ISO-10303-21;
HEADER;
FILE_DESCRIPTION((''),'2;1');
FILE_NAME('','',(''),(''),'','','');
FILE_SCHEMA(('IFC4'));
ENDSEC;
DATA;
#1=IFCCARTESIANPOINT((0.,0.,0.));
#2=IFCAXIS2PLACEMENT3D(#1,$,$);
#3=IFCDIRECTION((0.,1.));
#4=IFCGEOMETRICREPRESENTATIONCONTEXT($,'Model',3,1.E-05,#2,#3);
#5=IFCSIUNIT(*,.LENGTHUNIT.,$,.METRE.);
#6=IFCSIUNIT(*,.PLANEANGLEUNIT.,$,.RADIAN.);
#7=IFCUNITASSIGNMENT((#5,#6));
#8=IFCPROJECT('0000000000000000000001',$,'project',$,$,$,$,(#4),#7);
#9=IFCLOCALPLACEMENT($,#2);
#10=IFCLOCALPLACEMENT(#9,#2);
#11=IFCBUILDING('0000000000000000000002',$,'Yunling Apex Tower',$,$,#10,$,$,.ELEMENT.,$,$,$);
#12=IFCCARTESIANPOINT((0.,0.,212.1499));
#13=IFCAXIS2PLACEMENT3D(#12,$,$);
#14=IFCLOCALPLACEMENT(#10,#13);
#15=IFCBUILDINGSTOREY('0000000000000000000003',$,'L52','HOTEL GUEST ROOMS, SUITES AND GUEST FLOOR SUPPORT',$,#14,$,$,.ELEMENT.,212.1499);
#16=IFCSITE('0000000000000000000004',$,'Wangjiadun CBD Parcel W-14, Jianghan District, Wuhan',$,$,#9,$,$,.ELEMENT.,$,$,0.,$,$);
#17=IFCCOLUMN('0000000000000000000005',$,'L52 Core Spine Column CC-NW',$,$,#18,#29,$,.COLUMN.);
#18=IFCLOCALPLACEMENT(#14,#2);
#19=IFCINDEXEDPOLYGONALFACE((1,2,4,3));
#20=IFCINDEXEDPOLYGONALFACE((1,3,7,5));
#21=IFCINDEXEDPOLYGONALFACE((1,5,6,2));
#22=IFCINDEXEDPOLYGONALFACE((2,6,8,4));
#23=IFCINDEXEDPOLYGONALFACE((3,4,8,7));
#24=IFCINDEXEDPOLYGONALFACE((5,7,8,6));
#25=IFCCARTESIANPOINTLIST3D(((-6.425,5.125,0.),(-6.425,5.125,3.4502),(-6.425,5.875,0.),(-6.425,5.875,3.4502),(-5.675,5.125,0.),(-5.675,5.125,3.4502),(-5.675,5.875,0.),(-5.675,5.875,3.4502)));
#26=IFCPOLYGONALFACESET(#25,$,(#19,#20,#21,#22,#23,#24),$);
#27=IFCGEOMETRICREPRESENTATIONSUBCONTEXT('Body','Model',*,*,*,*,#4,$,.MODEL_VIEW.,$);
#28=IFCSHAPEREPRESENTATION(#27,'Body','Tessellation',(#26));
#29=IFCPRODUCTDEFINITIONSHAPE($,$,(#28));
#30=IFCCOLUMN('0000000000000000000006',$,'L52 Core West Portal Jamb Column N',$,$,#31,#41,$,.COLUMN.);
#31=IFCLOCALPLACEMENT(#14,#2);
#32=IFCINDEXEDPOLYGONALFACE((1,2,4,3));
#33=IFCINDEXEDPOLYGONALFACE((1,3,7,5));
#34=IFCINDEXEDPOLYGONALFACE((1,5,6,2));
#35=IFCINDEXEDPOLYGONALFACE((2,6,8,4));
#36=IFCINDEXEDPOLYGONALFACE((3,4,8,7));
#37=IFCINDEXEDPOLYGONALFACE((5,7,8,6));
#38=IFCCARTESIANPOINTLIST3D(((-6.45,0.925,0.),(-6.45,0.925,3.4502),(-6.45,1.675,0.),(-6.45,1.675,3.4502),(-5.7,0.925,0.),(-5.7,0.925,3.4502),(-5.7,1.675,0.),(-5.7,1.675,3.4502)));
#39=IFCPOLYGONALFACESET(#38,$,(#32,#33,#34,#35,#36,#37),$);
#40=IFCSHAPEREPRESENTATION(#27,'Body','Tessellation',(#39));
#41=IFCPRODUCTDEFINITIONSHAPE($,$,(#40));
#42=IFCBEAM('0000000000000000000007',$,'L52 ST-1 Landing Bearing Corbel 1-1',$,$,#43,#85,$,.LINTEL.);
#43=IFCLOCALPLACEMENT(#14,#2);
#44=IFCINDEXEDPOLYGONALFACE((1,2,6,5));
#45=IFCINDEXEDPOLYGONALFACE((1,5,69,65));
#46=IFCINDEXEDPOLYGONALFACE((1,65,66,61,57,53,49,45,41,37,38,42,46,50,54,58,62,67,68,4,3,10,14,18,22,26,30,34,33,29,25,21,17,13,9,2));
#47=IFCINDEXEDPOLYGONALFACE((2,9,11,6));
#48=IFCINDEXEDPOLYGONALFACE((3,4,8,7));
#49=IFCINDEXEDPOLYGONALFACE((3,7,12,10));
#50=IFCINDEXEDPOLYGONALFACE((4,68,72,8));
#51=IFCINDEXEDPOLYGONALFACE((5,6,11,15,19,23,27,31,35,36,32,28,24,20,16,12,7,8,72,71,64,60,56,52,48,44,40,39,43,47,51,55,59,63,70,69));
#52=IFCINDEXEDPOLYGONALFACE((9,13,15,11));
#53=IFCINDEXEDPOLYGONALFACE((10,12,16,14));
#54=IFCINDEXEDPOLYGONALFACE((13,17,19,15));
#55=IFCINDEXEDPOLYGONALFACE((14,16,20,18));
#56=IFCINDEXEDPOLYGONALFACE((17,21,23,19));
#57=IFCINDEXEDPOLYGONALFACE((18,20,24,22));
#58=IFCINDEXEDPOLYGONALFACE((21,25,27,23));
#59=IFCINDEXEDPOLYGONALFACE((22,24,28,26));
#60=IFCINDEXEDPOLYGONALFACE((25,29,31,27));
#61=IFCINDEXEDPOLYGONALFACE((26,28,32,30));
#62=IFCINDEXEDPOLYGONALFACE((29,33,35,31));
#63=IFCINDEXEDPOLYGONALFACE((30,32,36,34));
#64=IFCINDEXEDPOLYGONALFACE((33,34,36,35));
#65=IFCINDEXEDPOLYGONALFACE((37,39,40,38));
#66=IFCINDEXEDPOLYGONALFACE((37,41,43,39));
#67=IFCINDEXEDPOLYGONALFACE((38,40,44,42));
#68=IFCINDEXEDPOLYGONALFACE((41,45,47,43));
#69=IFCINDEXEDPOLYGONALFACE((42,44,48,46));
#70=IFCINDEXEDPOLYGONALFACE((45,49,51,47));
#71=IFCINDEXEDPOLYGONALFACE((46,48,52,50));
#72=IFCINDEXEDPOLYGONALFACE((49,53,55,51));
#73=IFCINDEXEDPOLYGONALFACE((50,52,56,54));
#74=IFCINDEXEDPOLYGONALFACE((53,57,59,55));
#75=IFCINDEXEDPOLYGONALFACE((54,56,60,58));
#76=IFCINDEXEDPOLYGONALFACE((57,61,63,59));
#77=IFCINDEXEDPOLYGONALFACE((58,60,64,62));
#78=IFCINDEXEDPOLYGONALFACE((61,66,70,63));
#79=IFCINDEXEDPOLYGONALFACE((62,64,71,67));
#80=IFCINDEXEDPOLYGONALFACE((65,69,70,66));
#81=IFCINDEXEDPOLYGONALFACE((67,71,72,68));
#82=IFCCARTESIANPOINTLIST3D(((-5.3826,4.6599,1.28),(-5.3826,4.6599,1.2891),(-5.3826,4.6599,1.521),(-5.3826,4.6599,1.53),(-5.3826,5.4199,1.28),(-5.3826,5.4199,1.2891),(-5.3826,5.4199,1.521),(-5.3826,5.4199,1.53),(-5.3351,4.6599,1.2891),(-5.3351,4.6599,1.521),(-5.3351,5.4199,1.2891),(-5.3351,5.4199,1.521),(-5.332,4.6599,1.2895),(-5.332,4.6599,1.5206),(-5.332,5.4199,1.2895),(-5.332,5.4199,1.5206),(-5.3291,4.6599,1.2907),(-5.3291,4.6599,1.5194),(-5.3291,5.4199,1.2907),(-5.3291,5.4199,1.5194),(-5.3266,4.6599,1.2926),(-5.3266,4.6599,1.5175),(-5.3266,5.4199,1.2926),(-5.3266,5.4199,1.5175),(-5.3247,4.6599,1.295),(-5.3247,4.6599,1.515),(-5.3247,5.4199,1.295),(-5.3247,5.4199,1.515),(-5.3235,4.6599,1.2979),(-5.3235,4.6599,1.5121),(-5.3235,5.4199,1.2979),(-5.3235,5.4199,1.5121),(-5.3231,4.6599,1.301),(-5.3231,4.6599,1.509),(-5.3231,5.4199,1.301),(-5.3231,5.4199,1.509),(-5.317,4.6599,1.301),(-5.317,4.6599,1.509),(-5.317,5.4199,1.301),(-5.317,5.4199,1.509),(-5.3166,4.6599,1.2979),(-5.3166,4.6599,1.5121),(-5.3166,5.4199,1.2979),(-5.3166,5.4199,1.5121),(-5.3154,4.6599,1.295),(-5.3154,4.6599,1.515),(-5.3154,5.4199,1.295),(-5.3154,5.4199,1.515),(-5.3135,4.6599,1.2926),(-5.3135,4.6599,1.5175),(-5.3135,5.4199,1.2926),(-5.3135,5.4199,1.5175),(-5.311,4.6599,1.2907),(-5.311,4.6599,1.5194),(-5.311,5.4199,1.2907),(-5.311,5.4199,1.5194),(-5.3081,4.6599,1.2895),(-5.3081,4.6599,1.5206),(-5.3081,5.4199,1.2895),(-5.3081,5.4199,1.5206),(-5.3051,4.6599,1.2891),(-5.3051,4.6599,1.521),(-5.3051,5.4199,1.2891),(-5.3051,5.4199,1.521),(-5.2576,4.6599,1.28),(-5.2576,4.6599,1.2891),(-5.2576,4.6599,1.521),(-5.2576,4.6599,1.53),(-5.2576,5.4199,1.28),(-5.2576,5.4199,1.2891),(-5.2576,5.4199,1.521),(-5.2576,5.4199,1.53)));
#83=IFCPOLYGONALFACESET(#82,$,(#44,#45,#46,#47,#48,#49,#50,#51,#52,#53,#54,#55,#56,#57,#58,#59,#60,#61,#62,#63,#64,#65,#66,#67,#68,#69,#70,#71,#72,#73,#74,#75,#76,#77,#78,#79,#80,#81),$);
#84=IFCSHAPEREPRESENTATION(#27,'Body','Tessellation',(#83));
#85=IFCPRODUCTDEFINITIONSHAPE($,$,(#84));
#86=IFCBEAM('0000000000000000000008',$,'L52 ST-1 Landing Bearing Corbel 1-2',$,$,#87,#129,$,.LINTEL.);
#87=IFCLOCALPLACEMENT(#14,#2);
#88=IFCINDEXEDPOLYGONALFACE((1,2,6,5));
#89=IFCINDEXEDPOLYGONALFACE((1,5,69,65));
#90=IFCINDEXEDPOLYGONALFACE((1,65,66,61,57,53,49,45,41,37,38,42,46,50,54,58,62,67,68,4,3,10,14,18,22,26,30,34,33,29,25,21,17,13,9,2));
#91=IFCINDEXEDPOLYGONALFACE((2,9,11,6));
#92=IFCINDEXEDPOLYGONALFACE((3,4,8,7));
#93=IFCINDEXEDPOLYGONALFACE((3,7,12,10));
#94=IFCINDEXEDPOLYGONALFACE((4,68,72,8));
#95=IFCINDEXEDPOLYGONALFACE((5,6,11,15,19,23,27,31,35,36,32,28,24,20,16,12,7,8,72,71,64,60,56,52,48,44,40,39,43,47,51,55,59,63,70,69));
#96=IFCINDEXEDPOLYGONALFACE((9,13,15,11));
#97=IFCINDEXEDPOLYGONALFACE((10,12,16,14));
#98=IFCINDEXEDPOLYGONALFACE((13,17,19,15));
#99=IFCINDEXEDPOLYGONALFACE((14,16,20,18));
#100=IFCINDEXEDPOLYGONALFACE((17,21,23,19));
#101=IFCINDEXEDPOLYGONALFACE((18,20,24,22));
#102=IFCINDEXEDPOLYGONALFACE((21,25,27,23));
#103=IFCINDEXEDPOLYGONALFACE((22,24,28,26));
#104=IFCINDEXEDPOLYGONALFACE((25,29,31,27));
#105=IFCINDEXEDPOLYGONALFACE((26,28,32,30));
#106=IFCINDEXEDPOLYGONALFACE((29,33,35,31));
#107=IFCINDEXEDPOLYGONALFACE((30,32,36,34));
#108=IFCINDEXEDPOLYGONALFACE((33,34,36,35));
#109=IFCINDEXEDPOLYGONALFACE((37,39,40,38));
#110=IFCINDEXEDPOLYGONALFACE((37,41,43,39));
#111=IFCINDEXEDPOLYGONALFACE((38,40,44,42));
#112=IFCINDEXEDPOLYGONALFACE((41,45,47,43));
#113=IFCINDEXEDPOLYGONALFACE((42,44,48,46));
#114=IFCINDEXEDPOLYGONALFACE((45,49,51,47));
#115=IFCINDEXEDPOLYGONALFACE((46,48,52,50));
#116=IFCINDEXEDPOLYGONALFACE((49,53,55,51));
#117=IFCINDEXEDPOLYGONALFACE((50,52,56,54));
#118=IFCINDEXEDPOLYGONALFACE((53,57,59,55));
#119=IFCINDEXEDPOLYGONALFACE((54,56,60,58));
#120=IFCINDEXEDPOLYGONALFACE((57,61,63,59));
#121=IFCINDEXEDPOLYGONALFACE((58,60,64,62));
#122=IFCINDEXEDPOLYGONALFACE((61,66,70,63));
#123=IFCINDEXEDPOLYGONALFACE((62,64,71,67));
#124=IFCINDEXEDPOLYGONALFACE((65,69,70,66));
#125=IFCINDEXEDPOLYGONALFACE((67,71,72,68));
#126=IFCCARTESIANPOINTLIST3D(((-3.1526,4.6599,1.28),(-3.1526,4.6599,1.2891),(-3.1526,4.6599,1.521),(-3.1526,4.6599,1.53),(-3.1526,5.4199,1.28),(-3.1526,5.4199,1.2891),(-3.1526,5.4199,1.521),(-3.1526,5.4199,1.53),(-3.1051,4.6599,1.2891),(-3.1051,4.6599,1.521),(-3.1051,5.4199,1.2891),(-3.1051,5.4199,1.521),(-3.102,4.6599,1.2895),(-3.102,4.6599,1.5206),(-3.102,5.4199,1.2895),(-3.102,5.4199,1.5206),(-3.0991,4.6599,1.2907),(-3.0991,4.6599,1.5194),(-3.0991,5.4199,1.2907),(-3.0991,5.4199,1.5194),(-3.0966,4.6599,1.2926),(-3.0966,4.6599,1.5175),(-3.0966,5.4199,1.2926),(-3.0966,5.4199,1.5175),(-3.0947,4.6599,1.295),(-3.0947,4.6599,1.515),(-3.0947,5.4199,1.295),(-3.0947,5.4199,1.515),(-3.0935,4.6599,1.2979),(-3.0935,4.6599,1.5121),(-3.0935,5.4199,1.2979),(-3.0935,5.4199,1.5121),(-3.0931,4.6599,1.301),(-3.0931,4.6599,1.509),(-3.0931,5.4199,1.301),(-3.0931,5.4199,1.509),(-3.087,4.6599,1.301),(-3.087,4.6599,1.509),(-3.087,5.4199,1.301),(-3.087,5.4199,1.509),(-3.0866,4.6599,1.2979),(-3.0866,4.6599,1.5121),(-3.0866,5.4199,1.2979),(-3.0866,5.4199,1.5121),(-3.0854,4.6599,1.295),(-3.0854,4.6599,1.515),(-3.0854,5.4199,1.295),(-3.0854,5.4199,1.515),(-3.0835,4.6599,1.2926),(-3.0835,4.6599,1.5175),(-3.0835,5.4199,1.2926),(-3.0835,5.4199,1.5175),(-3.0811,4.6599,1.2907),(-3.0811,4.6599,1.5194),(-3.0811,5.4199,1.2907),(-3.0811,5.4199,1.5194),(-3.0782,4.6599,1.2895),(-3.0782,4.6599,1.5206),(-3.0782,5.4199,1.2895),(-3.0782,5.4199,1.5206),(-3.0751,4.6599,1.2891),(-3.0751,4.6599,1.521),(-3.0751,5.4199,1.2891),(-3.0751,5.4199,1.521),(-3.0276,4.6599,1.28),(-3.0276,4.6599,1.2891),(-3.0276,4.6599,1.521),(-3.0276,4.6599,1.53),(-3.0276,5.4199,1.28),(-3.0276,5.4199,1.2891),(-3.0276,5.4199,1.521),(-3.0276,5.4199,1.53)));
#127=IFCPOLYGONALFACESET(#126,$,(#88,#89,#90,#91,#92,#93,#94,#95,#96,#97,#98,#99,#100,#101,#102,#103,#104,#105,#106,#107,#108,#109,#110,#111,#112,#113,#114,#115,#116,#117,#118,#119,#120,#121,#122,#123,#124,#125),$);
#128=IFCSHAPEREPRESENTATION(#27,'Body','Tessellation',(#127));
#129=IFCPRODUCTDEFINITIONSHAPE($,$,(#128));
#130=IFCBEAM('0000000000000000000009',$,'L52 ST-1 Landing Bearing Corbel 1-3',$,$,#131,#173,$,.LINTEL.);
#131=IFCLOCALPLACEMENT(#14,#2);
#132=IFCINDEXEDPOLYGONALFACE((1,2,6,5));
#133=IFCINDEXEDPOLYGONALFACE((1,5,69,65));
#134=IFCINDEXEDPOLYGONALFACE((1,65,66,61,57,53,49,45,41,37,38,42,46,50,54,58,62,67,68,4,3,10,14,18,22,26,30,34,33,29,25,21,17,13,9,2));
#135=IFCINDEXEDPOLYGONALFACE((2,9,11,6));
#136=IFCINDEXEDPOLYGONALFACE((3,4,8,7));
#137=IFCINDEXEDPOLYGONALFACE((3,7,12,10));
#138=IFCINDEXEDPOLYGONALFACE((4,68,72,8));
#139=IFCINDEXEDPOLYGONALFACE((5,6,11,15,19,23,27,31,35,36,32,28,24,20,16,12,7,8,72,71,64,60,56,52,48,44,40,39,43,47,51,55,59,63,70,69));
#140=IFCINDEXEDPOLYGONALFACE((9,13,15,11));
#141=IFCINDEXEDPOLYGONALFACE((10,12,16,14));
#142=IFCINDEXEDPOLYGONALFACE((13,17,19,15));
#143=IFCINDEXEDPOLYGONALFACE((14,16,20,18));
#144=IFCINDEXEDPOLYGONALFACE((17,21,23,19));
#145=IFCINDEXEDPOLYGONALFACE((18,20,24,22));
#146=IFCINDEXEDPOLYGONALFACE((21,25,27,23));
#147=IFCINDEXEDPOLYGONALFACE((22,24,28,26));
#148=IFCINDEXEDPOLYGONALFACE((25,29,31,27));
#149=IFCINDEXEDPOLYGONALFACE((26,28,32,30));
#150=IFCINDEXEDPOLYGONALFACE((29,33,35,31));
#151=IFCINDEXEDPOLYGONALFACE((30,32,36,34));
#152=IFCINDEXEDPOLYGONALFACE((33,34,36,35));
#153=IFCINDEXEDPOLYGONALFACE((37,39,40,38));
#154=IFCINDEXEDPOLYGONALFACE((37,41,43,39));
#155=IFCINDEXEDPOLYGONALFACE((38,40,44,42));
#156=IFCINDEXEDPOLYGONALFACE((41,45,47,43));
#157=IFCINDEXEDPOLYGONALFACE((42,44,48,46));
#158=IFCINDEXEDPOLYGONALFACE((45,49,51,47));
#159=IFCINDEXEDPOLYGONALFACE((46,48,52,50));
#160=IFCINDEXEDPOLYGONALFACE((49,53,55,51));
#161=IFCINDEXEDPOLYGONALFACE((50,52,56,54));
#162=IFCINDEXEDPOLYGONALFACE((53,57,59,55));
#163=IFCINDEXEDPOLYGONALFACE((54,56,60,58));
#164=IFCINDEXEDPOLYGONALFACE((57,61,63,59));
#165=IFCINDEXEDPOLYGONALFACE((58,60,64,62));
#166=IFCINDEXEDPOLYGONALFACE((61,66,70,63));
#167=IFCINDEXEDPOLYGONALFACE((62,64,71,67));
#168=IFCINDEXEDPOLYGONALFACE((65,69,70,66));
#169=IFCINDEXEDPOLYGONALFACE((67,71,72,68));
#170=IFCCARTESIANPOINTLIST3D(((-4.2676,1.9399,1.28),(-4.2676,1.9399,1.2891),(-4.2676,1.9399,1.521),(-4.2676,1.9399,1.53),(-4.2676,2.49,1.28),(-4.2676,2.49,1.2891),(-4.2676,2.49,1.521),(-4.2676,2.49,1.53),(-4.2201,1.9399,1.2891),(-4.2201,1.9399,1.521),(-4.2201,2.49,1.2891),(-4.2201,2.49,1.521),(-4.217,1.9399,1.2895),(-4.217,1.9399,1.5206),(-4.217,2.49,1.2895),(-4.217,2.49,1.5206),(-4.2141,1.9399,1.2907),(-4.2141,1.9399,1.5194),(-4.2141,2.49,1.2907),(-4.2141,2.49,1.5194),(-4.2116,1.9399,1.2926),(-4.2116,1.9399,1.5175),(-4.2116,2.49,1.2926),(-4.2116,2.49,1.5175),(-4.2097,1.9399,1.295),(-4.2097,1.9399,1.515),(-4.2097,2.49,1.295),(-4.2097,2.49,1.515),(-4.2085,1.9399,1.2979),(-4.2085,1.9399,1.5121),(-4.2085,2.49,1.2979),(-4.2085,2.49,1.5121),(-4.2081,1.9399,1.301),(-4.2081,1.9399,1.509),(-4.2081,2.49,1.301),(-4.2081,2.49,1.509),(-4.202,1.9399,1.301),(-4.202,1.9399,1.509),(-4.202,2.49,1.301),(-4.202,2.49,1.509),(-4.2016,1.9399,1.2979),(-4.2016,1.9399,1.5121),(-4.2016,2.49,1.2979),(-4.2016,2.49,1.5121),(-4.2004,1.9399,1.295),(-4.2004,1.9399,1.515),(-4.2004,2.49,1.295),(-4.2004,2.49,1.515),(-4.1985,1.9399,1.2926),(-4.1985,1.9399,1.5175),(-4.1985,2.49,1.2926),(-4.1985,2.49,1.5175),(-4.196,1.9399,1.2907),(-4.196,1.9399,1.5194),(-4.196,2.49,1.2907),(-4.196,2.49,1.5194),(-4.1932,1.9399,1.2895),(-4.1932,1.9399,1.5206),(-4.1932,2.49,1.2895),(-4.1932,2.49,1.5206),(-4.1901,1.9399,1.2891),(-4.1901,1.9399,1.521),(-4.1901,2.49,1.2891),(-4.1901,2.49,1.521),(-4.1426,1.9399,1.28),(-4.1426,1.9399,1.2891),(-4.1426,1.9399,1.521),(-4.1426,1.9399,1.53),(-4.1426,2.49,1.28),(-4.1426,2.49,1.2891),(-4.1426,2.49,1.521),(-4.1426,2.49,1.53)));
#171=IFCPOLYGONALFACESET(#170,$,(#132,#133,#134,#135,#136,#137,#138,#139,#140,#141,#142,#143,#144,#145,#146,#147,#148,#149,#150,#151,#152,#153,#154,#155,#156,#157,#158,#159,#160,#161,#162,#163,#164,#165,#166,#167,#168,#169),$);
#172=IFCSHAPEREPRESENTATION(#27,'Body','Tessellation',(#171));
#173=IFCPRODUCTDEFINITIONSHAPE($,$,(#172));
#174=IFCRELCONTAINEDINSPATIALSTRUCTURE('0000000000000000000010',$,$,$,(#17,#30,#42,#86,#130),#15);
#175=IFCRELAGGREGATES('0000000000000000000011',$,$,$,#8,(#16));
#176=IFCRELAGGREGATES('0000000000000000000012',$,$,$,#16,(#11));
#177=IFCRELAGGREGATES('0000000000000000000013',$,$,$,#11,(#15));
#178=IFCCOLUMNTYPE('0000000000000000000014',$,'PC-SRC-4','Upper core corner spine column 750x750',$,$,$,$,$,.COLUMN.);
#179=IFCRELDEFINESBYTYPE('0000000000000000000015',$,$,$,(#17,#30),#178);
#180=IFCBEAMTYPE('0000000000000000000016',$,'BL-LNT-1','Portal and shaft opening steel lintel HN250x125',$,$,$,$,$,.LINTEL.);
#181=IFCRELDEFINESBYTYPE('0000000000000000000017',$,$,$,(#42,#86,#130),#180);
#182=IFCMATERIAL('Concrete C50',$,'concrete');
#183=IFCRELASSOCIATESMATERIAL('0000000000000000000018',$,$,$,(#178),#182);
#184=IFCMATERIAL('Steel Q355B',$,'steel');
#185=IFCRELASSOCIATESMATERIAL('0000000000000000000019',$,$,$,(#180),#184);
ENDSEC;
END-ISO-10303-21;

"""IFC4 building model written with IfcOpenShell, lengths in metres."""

from ifc_helpers import new_model, si_unit, direction, frame, origin, origin_2d, place, context, subcontext, project, spatial, rectangle, i_section, extrude, source, transform, mapped, material, material_profile, profile_set, type_object, element, save


model = new_model("IFC4")

# Units and contexts
model_context = context("Model", 3, precision=1e-05, world=origin(), true_north=direction((0.0, 1.0)))
body_context = subcontext(model_context, "Body", "Model", "MODEL_VIEW")
ifc_project = project(units=[si_unit("LENGTHUNIT", "METRE"), si_unit("PLANEANGLEUNIT", "RADIAN")], contexts=[model_context])

# Site, building, storey
site_placement = place(None, origin())
site = spatial("IfcSite", under=ifc_project, at=site_placement, Name="Wangjiadun CBD Parcel W-14, Jianghan District, Wuhan", CompositionType="ELEMENT", RefElevation=0.0)
building_placement = place(site_placement, origin())
building = spatial("IfcBuilding", under=site, at=building_placement, Name="Yunling Apex Tower", CompositionType="ELEMENT")
storey_placement = place(building_placement, frame((0.0, 0.0, 212.1499)))
storey = spatial("IfcBuildingStorey", under=building, at=storey_placement, Name="L52", Description="HOTEL GUEST ROOMS, SUITES AND GUEST FLOOR SUPPORT", CompositionType="ELEMENT", Elevation=212.1499)

# Columns
ifc_material_1 = material(Name="Concrete C50", Category="concrete")
ifc_material_profile_1 = material_profile(ifc_material_1, rectangle(XDim=0.75, YDim=0.75, at=origin_2d()))
ifc_profile_set_1 = profile_set([ifc_material_profile_1], Name="Concrete C50")
column_type = type_object("IfcColumnType", Name="PC-SRC-4", Description="Upper core corner spine column 750x750", PredefinedType="COLUMN", material=ifc_profile_set_1)
shared_shape_1 = source(origin(), body_context, "Body", "SweptSolid", [
    extrude(rectangle(XDim=0.75, YDim=0.75, at=origin_2d()), origin(), (0.0, 0.0, 1.0), 3.4502),
])
for number, where, z_axis, x_axis, name in (
    (1, (-6.05, 5.5, 0.0), (0.0, 0.0, 1.0), (1.0, 0.0, 0.0), "L52 Core Spine Column CC-NW"),
    (2, (-6.075, 1.3, 0.0), (0.0, 0.0, 1.0), (1.0, 0.0, 0.0), "L52 Core West Portal Jamb Column N"),
):
    element("IfcColumn", number, at=place(storey_placement, frame(where, z_axis=z_axis, x_axis=x_axis)), inside=storey, type_object=column_type, Name=name, PredefinedType="COLUMN", context=body_context, shape_type="MappedRepresentation", body=[
        mapped(shared_shape_1, transform((0.0, 0.0, 0.0), scale=1.0)),
    ])

# Beams
ifc_material_2 = material(Name="Steel Q355B", Category="steel")
ifc_material_profile_2 = material_profile(ifc_material_2, i_section(OverallWidth=0.125, OverallDepth=0.25, WebThickness=0.0061, FlangeThickness=0.009, FilletRadius=0.012, at=origin_2d()))
ifc_profile_set_2 = profile_set([ifc_material_profile_2], Name="Steel Q355B")
beam_type = type_object("IfcBeamType", Name="BL-LNT-1", Description="Portal and shaft opening steel lintel HN250x125", PredefinedType="LINTEL", material=ifc_profile_set_2)
shared_shape_2 = source(origin(), body_context, "Body", "SweptSolid", [
    extrude(i_section(OverallWidth=0.125, OverallDepth=0.25, WebThickness=0.0061, FlangeThickness=0.009, FilletRadius=0.012, at=origin_2d()), origin(), (0.0, 0.0, 1.0), 0.76),
])
for number, where, z_axis, x_axis, name in (
    (3, (-5.3201, 5.4199, 1.405), (0.0, -1.0, 0.0), (1.0, 0.0, 0.0), "L52 ST-1 Landing Bearing Corbel 1-1"),
    (4, (-3.0901, 5.4199, 1.405), (0.0, -1.0, 0.0), (1.0, 0.0, 0.0), "L52 ST-1 Landing Bearing Corbel 1-2"),
):
    element("IfcBeam", number, at=place(storey_placement, frame(where, z_axis=z_axis, x_axis=x_axis)), inside=storey, type_object=beam_type, Name=name, PredefinedType="LINTEL", context=body_context, shape_type="MappedRepresentation", body=[
        mapped(shared_shape_2, transform((0.0, 0.0, 0.0), scale=1.0)),
    ])
shared_shape_3 = source(origin(), body_context, "Body", "SweptSolid", [
    extrude(i_section(OverallWidth=0.125, OverallDepth=0.25, WebThickness=0.0061, FlangeThickness=0.009, FilletRadius=0.012, at=origin_2d()), origin(), (0.0, 0.0, 1.0), 0.55),
])
beam_placement = place(storey_placement, frame((-4.2051, 1.9399, 1.405), z_axis=(0.0, 1.0, 0.0), x_axis=(-1.0, 0.0, 0.0)))
element("IfcBeam", 5, at=beam_placement, inside=storey, type_object=beam_type, Name="L52 ST-1 Landing Bearing Corbel 1-3", PredefinedType="LINTEL", context=body_context, shape_type="MappedRepresentation", body=[
    mapped(shared_shape_3, transform((0.0, 0.0, 0.0), scale=1.0)),
])

save(model, "model.ifc")
